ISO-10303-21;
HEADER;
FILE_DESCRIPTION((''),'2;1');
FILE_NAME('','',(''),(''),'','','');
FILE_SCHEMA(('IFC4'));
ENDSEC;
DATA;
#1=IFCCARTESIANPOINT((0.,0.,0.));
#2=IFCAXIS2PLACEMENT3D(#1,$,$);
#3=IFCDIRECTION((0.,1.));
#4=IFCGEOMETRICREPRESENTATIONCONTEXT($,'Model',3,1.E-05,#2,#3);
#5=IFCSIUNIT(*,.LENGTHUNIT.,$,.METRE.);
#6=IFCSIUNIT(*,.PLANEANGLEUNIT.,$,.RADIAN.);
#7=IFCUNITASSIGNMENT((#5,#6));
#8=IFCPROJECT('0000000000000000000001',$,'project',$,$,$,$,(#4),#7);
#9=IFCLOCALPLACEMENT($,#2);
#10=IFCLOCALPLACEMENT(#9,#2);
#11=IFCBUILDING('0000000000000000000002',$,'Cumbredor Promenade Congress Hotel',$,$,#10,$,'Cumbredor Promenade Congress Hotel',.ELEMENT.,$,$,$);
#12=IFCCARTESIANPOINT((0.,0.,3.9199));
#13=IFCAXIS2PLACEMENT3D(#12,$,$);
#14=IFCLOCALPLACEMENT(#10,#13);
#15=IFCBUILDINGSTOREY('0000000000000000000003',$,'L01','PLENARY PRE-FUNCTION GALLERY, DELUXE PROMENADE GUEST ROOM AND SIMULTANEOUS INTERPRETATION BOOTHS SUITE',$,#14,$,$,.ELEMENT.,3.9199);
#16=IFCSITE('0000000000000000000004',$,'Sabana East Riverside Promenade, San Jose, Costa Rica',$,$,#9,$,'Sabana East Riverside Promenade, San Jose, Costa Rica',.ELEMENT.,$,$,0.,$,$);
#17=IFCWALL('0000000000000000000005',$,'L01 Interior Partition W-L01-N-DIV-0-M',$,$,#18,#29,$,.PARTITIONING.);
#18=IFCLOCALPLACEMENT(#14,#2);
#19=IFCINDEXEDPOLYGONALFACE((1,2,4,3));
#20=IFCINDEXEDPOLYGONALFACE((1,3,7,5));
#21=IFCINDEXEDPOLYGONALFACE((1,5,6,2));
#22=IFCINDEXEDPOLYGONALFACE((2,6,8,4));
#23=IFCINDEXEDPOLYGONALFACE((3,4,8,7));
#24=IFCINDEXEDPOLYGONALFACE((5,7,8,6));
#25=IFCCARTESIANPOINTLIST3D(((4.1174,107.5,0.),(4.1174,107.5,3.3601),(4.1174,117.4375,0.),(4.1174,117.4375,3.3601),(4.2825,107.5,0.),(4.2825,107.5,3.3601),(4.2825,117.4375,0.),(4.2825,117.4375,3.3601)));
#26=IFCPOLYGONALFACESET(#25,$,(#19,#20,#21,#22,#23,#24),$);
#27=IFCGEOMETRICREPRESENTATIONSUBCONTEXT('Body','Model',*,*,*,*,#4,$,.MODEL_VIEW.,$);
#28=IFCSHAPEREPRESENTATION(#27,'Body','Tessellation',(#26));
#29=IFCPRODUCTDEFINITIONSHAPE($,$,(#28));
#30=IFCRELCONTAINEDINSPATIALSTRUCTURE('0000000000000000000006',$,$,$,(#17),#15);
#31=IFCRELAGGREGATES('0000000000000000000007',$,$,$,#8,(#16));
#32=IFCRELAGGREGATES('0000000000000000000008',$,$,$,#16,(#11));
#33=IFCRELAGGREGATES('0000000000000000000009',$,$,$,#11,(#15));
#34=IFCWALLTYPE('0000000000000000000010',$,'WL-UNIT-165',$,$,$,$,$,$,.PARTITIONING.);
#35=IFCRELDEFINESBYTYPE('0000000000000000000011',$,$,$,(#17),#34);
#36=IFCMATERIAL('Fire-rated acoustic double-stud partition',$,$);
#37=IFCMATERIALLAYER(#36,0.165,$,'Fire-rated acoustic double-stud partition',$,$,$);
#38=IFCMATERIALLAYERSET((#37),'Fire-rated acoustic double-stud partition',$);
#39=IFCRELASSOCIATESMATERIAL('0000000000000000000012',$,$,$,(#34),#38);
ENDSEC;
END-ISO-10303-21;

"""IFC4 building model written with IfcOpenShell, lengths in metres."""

from ifc_helpers import new_model, si_unit, direction, frame, frame_2d, origin, place, context, subcontext, project, spatial, rectangle, extrude, material, layer, layer_set, type_object, element, save


model = new_model("IFC4")

# Units and contexts
model_context = context("Model", 3, precision=1e-05, world=origin(), true_north=direction((0.0, 1.0)))
body_context = subcontext(model_context, "Body", "Model", "MODEL_VIEW")
ifc_project = project(units=[si_unit("LENGTHUNIT", "METRE"), si_unit("PLANEANGLEUNIT", "RADIAN")], contexts=[model_context])

# Site, building, storey
site_placement = place(None, origin())
site = spatial("IfcSite", under=ifc_project, at=site_placement, Name="Sabana East Riverside Promenade, San Jose, Costa Rica", LongName="Sabana East Riverside Promenade, San Jose, Costa Rica", CompositionType="ELEMENT", RefElevation=0.0)
building_placement = place(site_placement, origin())
building = spatial("IfcBuilding", under=site, at=building_placement, Name="Cumbredor Promenade Congress Hotel", LongName="Cumbredor Promenade Congress Hotel", CompositionType="ELEMENT")
storey_placement = place(building_placement, frame((0.0, 0.0, 3.9199)))
storey = spatial("IfcBuildingStorey", under=building, at=storey_placement, Name="L01", Description="PLENARY PRE-FUNCTION GALLERY, DELUXE PROMENADE GUEST ROOM AND SIMULTANEOUS INTERPRETATION BOOTHS SUITE", CompositionType="ELEMENT", Elevation=3.9199)

# Wall
ifc_material_1 = material(Name="Fire-rated acoustic double-stud partition")
ifc_layer_1 = layer(ifc_material_1, 0.165, Name="Fire-rated acoustic double-stud partition")
ifc_layer_set_1 = layer_set([ifc_layer_1], Name="Fire-rated acoustic double-stud partition")
wall_type_1 = type_object("IfcWallType", Name="WL-UNIT-165", PredefinedType="PARTITIONING", material=ifc_layer_set_1)
wall_1_placement = place(storey_placement, frame((4.2, 107.5, 0.0), z_axis=(0.0, 0.0, 1.0), x_axis=(0.0, 1.0, 0.0)))
element("IfcWall", 1, at=wall_1_placement, inside=storey, type_object=wall_type_1, Name="L01 Interior Partition W-L01-N-DIV-0-M", PredefinedType="PARTITIONING", context=body_context, shape_type="SweptSolid", body=[
    extrude(rectangle(XDim=9.9375, YDim=0.165, at=frame_2d((4.9688, 0.0))), origin(), (0.0, 0.0, 1.0), 3.3601),
])

save(model, "model.ifc")
